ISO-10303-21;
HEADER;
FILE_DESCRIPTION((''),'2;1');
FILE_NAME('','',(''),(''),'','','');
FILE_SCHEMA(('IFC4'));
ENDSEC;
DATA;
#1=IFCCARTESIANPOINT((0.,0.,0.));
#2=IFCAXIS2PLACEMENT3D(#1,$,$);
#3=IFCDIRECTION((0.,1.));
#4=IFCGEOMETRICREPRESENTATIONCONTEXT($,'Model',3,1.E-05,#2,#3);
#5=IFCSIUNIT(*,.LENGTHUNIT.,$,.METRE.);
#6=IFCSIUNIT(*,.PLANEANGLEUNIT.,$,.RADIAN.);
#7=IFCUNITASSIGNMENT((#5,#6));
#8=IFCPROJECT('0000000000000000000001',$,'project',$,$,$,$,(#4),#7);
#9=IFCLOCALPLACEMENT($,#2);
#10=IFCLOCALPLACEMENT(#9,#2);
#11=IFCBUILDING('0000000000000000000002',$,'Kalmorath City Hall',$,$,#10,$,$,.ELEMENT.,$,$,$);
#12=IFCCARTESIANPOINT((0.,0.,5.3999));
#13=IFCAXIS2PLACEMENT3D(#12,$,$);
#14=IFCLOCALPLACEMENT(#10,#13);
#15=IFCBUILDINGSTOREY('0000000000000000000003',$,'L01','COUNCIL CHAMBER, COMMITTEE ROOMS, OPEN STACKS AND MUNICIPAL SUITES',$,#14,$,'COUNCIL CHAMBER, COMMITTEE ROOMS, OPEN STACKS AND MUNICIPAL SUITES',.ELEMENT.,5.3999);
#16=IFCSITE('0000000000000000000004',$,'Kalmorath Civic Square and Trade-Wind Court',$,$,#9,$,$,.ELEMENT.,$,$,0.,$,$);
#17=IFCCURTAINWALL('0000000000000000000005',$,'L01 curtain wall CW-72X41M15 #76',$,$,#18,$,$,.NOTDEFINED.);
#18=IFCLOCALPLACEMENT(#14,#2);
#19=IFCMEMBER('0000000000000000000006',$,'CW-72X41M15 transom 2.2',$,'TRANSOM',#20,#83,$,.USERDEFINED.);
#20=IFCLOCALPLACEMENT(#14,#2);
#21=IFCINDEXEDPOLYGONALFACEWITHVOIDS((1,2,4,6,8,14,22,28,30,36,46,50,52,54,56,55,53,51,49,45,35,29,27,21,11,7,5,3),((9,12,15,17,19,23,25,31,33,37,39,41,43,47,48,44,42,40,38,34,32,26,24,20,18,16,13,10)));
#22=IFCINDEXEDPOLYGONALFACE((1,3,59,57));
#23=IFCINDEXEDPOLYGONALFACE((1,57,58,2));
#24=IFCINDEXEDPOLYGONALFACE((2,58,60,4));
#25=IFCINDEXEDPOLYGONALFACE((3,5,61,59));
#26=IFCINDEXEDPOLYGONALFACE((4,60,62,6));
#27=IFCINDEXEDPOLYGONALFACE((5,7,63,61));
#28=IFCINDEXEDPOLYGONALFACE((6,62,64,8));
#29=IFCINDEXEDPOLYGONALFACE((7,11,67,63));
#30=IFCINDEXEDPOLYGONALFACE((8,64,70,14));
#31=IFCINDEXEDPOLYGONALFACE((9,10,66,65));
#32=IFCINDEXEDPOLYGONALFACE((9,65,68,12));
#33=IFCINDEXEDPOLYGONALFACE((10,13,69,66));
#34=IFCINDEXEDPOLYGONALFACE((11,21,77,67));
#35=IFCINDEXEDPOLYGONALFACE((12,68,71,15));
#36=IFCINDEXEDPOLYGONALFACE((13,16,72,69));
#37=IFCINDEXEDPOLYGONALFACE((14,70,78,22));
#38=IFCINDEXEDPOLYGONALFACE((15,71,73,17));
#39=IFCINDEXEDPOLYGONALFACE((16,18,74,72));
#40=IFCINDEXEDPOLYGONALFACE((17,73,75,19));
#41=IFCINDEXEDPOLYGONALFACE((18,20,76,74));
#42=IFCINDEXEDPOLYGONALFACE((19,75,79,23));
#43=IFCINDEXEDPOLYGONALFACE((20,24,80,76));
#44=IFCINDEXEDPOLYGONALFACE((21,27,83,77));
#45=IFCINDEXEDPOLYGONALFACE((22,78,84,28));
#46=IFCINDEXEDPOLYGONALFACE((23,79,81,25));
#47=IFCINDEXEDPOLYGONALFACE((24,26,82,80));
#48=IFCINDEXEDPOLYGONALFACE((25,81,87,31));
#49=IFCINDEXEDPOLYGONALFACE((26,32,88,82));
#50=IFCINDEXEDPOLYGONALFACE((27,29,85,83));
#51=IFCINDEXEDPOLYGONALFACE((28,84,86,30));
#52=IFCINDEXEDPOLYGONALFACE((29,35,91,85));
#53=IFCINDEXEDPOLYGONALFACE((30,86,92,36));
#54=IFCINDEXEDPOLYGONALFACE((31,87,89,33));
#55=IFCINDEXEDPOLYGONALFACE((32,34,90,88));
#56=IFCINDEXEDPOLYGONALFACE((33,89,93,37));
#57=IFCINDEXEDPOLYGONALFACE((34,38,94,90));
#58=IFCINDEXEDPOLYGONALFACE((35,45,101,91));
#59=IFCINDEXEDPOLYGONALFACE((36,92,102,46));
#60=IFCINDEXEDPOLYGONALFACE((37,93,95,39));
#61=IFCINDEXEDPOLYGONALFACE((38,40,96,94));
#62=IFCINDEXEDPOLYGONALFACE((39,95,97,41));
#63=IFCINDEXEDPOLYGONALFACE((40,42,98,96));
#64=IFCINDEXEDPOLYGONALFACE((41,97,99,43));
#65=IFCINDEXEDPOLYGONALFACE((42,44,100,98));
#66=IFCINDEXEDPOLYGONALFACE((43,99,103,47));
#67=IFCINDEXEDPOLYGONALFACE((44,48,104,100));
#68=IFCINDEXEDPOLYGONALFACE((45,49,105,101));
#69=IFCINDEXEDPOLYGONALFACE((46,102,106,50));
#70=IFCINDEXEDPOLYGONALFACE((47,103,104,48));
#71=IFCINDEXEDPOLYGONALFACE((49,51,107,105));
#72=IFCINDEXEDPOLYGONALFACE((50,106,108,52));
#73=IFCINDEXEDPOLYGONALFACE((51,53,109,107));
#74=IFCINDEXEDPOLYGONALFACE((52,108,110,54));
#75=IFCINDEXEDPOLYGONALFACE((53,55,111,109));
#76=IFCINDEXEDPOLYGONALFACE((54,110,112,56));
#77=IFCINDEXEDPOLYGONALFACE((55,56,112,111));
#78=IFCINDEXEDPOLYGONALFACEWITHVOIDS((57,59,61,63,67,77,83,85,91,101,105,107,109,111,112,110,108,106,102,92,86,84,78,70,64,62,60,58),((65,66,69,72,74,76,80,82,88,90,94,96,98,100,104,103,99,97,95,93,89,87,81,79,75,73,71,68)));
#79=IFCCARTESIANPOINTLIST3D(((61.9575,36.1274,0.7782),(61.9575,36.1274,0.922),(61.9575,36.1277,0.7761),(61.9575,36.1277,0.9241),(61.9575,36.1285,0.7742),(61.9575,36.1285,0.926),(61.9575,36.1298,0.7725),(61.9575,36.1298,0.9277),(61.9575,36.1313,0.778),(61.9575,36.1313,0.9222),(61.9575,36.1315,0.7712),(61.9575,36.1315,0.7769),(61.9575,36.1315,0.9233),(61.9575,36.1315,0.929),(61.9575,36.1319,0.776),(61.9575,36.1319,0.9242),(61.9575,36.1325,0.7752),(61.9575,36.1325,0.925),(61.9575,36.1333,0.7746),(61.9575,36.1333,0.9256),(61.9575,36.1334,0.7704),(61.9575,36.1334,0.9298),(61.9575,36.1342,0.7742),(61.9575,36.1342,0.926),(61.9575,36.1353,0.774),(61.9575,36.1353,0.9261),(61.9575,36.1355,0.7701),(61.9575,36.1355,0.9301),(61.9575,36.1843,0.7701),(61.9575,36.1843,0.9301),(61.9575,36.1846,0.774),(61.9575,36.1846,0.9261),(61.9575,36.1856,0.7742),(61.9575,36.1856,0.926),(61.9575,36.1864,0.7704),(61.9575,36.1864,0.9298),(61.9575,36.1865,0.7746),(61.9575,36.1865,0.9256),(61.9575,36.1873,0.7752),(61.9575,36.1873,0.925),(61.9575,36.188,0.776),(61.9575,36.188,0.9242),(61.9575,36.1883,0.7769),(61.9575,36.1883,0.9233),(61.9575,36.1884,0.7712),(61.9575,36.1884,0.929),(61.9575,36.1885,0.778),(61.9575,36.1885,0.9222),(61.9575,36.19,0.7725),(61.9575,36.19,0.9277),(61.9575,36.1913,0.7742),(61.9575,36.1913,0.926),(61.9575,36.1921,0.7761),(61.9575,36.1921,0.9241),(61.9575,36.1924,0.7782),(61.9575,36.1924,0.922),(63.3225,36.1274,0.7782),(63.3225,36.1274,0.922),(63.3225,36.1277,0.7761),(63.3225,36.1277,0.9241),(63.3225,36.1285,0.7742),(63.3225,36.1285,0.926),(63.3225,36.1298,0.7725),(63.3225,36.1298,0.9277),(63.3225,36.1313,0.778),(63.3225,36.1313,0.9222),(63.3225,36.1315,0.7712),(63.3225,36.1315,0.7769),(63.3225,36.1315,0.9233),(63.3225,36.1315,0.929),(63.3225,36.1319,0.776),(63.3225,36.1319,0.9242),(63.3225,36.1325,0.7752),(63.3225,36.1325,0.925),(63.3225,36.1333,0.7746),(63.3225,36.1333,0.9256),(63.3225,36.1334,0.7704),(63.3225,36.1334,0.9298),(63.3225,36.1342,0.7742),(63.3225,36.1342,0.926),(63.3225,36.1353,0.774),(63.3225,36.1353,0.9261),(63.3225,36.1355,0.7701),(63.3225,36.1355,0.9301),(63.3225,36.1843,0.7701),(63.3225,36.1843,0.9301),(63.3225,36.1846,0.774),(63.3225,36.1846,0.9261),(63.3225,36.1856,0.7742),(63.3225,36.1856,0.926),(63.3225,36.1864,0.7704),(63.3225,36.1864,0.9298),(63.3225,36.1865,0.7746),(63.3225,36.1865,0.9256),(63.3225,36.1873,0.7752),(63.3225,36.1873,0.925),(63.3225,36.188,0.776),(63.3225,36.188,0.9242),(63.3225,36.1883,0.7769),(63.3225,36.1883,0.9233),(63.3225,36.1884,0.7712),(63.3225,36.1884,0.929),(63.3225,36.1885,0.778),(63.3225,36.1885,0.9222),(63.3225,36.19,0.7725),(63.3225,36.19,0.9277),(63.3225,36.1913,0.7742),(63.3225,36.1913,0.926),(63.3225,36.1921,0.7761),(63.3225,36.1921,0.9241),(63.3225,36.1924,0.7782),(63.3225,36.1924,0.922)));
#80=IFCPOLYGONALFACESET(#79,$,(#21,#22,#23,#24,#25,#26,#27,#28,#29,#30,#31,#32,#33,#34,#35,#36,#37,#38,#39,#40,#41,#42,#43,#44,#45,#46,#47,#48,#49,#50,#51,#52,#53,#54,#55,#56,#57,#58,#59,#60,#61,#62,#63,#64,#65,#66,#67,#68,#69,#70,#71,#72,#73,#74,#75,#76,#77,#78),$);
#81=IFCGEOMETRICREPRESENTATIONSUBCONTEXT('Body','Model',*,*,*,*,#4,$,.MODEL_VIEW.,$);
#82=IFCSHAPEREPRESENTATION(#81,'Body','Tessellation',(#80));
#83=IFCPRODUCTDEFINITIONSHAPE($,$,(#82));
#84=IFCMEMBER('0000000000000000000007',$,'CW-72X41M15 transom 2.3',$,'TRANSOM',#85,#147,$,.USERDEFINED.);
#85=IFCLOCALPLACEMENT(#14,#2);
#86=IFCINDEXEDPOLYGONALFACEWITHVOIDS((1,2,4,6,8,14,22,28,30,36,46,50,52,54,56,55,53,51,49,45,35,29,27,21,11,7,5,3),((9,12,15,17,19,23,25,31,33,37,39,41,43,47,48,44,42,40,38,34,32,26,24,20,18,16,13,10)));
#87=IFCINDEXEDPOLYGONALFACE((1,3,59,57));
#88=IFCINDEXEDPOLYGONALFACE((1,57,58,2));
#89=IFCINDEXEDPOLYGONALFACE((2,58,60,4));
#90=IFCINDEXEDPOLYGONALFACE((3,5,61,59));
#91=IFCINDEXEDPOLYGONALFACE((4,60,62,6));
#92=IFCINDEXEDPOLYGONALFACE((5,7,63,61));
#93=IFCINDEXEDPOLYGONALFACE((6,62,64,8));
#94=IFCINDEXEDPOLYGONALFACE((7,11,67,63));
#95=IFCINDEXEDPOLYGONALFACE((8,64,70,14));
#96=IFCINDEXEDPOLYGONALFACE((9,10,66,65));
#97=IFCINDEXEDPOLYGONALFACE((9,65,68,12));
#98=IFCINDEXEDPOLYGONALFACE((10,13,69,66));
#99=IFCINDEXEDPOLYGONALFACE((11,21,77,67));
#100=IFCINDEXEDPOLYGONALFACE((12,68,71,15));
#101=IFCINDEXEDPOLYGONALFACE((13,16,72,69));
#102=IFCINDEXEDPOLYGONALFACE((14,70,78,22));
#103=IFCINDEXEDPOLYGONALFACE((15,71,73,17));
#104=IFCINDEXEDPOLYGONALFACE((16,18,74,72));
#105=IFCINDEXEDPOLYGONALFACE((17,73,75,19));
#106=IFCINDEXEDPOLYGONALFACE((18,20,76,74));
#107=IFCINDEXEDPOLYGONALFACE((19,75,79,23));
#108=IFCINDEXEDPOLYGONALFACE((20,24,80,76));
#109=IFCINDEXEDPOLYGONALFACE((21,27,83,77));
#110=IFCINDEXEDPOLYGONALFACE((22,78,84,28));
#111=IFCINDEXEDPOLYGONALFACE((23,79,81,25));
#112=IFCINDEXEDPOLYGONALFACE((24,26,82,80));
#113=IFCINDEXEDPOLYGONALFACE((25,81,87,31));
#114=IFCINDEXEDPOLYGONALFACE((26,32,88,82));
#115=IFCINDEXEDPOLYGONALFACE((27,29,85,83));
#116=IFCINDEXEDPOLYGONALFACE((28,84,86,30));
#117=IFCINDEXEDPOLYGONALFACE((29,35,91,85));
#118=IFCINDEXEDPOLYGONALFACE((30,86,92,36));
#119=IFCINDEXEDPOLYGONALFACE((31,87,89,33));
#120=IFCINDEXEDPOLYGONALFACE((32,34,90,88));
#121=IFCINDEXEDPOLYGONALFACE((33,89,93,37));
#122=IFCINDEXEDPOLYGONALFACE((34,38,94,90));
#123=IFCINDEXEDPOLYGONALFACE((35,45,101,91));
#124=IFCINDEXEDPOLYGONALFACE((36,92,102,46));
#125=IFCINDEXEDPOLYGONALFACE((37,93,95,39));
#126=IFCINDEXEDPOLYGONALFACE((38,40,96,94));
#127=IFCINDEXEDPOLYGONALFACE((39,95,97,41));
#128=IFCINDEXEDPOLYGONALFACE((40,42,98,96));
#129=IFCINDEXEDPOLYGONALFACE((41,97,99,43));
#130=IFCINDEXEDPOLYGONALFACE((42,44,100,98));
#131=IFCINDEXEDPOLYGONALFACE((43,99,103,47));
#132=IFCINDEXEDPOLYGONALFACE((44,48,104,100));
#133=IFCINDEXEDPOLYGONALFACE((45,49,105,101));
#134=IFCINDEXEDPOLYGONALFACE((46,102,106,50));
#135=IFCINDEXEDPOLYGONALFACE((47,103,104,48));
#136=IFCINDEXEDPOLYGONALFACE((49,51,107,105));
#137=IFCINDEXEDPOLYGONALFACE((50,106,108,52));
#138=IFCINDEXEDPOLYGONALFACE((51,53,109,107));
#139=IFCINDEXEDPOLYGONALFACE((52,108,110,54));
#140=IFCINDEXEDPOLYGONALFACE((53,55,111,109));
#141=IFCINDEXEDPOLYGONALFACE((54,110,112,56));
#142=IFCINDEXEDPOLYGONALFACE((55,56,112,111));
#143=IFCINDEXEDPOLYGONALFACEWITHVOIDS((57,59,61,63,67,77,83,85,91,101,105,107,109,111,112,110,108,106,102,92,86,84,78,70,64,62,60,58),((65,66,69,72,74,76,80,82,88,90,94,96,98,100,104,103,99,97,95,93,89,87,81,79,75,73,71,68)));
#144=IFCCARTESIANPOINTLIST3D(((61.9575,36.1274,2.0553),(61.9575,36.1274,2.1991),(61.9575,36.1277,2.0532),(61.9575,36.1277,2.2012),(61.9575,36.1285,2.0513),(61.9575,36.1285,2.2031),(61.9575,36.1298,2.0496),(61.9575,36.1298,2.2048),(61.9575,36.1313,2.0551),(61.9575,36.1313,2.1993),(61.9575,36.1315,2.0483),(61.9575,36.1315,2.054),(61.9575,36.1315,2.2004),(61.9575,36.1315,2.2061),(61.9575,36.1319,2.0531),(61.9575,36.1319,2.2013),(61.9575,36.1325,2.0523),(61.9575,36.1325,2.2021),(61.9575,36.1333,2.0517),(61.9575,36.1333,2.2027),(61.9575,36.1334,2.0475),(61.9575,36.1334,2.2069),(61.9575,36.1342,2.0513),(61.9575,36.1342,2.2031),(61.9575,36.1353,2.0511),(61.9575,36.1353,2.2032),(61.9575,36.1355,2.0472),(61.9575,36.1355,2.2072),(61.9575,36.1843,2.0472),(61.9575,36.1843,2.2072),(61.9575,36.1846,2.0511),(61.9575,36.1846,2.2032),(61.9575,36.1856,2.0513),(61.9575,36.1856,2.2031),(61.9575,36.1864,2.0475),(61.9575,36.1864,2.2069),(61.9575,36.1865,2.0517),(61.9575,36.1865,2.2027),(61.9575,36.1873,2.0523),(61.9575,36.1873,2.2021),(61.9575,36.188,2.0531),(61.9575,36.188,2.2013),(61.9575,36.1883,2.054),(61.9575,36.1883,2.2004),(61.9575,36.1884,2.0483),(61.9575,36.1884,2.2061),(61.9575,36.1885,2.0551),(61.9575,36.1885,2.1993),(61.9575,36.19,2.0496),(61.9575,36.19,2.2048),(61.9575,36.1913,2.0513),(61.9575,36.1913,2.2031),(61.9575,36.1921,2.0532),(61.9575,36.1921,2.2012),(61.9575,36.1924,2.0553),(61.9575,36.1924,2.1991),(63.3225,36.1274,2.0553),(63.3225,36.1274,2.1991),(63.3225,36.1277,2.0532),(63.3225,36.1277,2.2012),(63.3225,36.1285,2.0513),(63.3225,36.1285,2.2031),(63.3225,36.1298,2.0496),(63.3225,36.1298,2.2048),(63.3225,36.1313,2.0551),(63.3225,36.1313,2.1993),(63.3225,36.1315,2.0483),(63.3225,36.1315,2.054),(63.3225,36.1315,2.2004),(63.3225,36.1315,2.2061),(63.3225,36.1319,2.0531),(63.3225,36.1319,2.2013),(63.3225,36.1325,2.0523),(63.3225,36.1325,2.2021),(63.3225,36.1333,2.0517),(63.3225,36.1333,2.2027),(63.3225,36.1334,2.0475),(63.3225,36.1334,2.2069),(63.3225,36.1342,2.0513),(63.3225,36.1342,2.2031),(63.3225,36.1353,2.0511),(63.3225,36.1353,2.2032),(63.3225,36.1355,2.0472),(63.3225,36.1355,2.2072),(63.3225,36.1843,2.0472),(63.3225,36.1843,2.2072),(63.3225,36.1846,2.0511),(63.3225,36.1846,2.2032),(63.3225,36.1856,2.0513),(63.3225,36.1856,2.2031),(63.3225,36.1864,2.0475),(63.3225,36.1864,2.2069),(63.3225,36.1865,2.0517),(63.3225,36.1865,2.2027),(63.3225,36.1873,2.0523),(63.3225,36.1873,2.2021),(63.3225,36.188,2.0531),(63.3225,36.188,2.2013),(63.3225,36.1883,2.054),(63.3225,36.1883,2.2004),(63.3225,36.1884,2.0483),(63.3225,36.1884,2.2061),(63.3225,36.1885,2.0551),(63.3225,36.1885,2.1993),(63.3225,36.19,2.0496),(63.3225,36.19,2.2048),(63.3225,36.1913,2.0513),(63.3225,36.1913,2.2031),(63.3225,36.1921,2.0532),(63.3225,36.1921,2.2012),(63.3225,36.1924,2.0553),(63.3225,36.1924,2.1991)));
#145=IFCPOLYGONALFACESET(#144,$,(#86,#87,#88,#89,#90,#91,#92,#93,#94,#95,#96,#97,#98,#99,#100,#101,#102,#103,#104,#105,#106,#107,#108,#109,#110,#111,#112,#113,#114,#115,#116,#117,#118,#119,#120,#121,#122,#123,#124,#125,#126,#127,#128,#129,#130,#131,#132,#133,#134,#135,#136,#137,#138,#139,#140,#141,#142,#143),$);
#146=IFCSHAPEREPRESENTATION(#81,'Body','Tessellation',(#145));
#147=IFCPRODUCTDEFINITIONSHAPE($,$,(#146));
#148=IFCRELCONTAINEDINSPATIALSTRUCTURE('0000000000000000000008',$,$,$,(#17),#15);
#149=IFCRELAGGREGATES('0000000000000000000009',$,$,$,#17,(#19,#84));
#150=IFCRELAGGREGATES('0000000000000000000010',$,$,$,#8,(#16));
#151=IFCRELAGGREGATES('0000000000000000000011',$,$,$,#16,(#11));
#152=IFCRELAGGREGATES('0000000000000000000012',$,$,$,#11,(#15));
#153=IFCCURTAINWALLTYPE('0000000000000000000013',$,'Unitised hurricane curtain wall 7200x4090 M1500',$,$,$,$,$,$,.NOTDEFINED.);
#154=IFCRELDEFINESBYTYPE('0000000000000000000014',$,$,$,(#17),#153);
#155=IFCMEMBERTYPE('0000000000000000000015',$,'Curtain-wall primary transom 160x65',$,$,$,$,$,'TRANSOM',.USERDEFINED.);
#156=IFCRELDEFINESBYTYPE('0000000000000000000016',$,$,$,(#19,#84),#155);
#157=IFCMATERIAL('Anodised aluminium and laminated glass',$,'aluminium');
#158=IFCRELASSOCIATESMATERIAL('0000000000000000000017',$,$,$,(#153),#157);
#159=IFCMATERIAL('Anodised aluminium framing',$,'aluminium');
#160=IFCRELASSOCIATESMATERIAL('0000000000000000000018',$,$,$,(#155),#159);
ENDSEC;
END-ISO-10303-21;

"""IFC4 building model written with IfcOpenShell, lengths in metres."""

from ifc_helpers import new_model, si_unit, direction, frame, origin, origin_2d, place, context, subcontext, project, spatial, hollow_rectangle, extrude, material, material_profile, profile_set, type_object, element, aggregate, save


model = new_model("IFC4")

# Units and contexts
model_context = context("Model", 3, precision=1e-05, world=origin(), true_north=direction((0.0, 1.0)))
body_context = subcontext(model_context, "Body", "Model", "MODEL_VIEW")
ifc_project = project(units=[si_unit("LENGTHUNIT", "METRE"), si_unit("PLANEANGLEUNIT", "RADIAN")], contexts=[model_context])

# Site, building, storey
site_placement = place(None, origin())
site = spatial("IfcSite", under=ifc_project, at=site_placement, Name="Kalmorath Civic Square and Trade-Wind Court", CompositionType="ELEMENT", RefElevation=0.0)
building_placement = place(site_placement, origin())
building = spatial("IfcBuilding", under=site, at=building_placement, Name="Kalmorath City Hall", CompositionType="ELEMENT")
storey_placement = place(building_placement, frame((0.0, 0.0, 5.3999)))
storey = spatial("IfcBuildingStorey", under=building, at=storey_placement, Name="L01", Description="COUNCIL CHAMBER, COMMITTEE ROOMS, OPEN STACKS AND MUNICIPAL SUITES", LongName="COUNCIL CHAMBER, COMMITTEE ROOMS, OPEN STACKS AND MUNICIPAL SUITES", CompositionType="ELEMENT", Elevation=5.3999)

# Curtain wall, members
ifc_material_1 = material(Name="Anodised aluminium and laminated glass", Category="aluminium")
curtain_wall_type = type_object("IfcCurtainWallType", Name="Unitised hurricane curtain wall 7200x4090 M1500", PredefinedType="NOTDEFINED", material=ifc_material_1)
curtain_wall_placement = place(storey_placement, origin())
curtain_wall = element("IfcCurtainWall", 1, at=curtain_wall_placement, inside=storey, type_object=curtain_wall_type, Name="L01 curtain wall CW-72X41M15 #76", PredefinedType="NOTDEFINED")
ifc_material_2 = material(Name="Anodised aluminium framing", Category="aluminium")
ifc_material_profile_1 = material_profile(ifc_material_2, hollow_rectangle(XDim=0.0649, YDim=0.1599, WallThickness=0.0039, InnerFilletRadius=0.0039, OuterFilletRadius=0.0081, at=origin_2d()), Name="ALU-TRN-160X65X4")
ifc_profile_set_1 = profile_set([ifc_material_profile_1], Name="Anodised aluminium framing")
member_type_1 = type_object("IfcMemberType", Name="Curtain-wall primary transom 160x65", ElementType="TRANSOM", PredefinedType="USERDEFINED", material=ifc_profile_set_1)
member_1_placement = place(storey_placement, frame((63.3225, 36.1599, 0.8501), z_axis=(-1.0, 0.0, 0.0), x_axis=(0.0, -1.0, 0.0)))
member_1 = element("IfcMember", 2, at=member_1_placement, type_object=member_type_1, Name="CW-72X41M15 transom 2.2", ObjectType="TRANSOM", PredefinedType="USERDEFINED", context=body_context, shape_type="SweptSolid", body=[
    extrude(hollow_rectangle(XDim=0.0649, YDim=0.1599, WallThickness=0.0039, InnerFilletRadius=0.0039, OuterFilletRadius=0.0081, at=origin_2d()), origin(), (0.0, 0.0, 1.0), 1.365),
])
member_2_placement = place(storey_placement, frame((63.3225, 36.1599, 2.1272), z_axis=(-1.0, 0.0, 0.0), x_axis=(0.0, -1.0, 0.0)))
member_2 = element("IfcMember", 3, at=member_2_placement, type_object=member_type_1, Name="CW-72X41M15 transom 2.3", ObjectType="TRANSOM", PredefinedType="USERDEFINED", context=body_context, shape_type="SweptSolid", body=[
    extrude(hollow_rectangle(XDim=0.0649, YDim=0.1599, WallThickness=0.0039, InnerFilletRadius=0.0039, OuterFilletRadius=0.0081, at=origin_2d()), origin(), (0.0, 0.0, 1.0), 1.365),
])
aggregate(curtain_wall, [member_1, member_2])

save(model, "model.ifc")
